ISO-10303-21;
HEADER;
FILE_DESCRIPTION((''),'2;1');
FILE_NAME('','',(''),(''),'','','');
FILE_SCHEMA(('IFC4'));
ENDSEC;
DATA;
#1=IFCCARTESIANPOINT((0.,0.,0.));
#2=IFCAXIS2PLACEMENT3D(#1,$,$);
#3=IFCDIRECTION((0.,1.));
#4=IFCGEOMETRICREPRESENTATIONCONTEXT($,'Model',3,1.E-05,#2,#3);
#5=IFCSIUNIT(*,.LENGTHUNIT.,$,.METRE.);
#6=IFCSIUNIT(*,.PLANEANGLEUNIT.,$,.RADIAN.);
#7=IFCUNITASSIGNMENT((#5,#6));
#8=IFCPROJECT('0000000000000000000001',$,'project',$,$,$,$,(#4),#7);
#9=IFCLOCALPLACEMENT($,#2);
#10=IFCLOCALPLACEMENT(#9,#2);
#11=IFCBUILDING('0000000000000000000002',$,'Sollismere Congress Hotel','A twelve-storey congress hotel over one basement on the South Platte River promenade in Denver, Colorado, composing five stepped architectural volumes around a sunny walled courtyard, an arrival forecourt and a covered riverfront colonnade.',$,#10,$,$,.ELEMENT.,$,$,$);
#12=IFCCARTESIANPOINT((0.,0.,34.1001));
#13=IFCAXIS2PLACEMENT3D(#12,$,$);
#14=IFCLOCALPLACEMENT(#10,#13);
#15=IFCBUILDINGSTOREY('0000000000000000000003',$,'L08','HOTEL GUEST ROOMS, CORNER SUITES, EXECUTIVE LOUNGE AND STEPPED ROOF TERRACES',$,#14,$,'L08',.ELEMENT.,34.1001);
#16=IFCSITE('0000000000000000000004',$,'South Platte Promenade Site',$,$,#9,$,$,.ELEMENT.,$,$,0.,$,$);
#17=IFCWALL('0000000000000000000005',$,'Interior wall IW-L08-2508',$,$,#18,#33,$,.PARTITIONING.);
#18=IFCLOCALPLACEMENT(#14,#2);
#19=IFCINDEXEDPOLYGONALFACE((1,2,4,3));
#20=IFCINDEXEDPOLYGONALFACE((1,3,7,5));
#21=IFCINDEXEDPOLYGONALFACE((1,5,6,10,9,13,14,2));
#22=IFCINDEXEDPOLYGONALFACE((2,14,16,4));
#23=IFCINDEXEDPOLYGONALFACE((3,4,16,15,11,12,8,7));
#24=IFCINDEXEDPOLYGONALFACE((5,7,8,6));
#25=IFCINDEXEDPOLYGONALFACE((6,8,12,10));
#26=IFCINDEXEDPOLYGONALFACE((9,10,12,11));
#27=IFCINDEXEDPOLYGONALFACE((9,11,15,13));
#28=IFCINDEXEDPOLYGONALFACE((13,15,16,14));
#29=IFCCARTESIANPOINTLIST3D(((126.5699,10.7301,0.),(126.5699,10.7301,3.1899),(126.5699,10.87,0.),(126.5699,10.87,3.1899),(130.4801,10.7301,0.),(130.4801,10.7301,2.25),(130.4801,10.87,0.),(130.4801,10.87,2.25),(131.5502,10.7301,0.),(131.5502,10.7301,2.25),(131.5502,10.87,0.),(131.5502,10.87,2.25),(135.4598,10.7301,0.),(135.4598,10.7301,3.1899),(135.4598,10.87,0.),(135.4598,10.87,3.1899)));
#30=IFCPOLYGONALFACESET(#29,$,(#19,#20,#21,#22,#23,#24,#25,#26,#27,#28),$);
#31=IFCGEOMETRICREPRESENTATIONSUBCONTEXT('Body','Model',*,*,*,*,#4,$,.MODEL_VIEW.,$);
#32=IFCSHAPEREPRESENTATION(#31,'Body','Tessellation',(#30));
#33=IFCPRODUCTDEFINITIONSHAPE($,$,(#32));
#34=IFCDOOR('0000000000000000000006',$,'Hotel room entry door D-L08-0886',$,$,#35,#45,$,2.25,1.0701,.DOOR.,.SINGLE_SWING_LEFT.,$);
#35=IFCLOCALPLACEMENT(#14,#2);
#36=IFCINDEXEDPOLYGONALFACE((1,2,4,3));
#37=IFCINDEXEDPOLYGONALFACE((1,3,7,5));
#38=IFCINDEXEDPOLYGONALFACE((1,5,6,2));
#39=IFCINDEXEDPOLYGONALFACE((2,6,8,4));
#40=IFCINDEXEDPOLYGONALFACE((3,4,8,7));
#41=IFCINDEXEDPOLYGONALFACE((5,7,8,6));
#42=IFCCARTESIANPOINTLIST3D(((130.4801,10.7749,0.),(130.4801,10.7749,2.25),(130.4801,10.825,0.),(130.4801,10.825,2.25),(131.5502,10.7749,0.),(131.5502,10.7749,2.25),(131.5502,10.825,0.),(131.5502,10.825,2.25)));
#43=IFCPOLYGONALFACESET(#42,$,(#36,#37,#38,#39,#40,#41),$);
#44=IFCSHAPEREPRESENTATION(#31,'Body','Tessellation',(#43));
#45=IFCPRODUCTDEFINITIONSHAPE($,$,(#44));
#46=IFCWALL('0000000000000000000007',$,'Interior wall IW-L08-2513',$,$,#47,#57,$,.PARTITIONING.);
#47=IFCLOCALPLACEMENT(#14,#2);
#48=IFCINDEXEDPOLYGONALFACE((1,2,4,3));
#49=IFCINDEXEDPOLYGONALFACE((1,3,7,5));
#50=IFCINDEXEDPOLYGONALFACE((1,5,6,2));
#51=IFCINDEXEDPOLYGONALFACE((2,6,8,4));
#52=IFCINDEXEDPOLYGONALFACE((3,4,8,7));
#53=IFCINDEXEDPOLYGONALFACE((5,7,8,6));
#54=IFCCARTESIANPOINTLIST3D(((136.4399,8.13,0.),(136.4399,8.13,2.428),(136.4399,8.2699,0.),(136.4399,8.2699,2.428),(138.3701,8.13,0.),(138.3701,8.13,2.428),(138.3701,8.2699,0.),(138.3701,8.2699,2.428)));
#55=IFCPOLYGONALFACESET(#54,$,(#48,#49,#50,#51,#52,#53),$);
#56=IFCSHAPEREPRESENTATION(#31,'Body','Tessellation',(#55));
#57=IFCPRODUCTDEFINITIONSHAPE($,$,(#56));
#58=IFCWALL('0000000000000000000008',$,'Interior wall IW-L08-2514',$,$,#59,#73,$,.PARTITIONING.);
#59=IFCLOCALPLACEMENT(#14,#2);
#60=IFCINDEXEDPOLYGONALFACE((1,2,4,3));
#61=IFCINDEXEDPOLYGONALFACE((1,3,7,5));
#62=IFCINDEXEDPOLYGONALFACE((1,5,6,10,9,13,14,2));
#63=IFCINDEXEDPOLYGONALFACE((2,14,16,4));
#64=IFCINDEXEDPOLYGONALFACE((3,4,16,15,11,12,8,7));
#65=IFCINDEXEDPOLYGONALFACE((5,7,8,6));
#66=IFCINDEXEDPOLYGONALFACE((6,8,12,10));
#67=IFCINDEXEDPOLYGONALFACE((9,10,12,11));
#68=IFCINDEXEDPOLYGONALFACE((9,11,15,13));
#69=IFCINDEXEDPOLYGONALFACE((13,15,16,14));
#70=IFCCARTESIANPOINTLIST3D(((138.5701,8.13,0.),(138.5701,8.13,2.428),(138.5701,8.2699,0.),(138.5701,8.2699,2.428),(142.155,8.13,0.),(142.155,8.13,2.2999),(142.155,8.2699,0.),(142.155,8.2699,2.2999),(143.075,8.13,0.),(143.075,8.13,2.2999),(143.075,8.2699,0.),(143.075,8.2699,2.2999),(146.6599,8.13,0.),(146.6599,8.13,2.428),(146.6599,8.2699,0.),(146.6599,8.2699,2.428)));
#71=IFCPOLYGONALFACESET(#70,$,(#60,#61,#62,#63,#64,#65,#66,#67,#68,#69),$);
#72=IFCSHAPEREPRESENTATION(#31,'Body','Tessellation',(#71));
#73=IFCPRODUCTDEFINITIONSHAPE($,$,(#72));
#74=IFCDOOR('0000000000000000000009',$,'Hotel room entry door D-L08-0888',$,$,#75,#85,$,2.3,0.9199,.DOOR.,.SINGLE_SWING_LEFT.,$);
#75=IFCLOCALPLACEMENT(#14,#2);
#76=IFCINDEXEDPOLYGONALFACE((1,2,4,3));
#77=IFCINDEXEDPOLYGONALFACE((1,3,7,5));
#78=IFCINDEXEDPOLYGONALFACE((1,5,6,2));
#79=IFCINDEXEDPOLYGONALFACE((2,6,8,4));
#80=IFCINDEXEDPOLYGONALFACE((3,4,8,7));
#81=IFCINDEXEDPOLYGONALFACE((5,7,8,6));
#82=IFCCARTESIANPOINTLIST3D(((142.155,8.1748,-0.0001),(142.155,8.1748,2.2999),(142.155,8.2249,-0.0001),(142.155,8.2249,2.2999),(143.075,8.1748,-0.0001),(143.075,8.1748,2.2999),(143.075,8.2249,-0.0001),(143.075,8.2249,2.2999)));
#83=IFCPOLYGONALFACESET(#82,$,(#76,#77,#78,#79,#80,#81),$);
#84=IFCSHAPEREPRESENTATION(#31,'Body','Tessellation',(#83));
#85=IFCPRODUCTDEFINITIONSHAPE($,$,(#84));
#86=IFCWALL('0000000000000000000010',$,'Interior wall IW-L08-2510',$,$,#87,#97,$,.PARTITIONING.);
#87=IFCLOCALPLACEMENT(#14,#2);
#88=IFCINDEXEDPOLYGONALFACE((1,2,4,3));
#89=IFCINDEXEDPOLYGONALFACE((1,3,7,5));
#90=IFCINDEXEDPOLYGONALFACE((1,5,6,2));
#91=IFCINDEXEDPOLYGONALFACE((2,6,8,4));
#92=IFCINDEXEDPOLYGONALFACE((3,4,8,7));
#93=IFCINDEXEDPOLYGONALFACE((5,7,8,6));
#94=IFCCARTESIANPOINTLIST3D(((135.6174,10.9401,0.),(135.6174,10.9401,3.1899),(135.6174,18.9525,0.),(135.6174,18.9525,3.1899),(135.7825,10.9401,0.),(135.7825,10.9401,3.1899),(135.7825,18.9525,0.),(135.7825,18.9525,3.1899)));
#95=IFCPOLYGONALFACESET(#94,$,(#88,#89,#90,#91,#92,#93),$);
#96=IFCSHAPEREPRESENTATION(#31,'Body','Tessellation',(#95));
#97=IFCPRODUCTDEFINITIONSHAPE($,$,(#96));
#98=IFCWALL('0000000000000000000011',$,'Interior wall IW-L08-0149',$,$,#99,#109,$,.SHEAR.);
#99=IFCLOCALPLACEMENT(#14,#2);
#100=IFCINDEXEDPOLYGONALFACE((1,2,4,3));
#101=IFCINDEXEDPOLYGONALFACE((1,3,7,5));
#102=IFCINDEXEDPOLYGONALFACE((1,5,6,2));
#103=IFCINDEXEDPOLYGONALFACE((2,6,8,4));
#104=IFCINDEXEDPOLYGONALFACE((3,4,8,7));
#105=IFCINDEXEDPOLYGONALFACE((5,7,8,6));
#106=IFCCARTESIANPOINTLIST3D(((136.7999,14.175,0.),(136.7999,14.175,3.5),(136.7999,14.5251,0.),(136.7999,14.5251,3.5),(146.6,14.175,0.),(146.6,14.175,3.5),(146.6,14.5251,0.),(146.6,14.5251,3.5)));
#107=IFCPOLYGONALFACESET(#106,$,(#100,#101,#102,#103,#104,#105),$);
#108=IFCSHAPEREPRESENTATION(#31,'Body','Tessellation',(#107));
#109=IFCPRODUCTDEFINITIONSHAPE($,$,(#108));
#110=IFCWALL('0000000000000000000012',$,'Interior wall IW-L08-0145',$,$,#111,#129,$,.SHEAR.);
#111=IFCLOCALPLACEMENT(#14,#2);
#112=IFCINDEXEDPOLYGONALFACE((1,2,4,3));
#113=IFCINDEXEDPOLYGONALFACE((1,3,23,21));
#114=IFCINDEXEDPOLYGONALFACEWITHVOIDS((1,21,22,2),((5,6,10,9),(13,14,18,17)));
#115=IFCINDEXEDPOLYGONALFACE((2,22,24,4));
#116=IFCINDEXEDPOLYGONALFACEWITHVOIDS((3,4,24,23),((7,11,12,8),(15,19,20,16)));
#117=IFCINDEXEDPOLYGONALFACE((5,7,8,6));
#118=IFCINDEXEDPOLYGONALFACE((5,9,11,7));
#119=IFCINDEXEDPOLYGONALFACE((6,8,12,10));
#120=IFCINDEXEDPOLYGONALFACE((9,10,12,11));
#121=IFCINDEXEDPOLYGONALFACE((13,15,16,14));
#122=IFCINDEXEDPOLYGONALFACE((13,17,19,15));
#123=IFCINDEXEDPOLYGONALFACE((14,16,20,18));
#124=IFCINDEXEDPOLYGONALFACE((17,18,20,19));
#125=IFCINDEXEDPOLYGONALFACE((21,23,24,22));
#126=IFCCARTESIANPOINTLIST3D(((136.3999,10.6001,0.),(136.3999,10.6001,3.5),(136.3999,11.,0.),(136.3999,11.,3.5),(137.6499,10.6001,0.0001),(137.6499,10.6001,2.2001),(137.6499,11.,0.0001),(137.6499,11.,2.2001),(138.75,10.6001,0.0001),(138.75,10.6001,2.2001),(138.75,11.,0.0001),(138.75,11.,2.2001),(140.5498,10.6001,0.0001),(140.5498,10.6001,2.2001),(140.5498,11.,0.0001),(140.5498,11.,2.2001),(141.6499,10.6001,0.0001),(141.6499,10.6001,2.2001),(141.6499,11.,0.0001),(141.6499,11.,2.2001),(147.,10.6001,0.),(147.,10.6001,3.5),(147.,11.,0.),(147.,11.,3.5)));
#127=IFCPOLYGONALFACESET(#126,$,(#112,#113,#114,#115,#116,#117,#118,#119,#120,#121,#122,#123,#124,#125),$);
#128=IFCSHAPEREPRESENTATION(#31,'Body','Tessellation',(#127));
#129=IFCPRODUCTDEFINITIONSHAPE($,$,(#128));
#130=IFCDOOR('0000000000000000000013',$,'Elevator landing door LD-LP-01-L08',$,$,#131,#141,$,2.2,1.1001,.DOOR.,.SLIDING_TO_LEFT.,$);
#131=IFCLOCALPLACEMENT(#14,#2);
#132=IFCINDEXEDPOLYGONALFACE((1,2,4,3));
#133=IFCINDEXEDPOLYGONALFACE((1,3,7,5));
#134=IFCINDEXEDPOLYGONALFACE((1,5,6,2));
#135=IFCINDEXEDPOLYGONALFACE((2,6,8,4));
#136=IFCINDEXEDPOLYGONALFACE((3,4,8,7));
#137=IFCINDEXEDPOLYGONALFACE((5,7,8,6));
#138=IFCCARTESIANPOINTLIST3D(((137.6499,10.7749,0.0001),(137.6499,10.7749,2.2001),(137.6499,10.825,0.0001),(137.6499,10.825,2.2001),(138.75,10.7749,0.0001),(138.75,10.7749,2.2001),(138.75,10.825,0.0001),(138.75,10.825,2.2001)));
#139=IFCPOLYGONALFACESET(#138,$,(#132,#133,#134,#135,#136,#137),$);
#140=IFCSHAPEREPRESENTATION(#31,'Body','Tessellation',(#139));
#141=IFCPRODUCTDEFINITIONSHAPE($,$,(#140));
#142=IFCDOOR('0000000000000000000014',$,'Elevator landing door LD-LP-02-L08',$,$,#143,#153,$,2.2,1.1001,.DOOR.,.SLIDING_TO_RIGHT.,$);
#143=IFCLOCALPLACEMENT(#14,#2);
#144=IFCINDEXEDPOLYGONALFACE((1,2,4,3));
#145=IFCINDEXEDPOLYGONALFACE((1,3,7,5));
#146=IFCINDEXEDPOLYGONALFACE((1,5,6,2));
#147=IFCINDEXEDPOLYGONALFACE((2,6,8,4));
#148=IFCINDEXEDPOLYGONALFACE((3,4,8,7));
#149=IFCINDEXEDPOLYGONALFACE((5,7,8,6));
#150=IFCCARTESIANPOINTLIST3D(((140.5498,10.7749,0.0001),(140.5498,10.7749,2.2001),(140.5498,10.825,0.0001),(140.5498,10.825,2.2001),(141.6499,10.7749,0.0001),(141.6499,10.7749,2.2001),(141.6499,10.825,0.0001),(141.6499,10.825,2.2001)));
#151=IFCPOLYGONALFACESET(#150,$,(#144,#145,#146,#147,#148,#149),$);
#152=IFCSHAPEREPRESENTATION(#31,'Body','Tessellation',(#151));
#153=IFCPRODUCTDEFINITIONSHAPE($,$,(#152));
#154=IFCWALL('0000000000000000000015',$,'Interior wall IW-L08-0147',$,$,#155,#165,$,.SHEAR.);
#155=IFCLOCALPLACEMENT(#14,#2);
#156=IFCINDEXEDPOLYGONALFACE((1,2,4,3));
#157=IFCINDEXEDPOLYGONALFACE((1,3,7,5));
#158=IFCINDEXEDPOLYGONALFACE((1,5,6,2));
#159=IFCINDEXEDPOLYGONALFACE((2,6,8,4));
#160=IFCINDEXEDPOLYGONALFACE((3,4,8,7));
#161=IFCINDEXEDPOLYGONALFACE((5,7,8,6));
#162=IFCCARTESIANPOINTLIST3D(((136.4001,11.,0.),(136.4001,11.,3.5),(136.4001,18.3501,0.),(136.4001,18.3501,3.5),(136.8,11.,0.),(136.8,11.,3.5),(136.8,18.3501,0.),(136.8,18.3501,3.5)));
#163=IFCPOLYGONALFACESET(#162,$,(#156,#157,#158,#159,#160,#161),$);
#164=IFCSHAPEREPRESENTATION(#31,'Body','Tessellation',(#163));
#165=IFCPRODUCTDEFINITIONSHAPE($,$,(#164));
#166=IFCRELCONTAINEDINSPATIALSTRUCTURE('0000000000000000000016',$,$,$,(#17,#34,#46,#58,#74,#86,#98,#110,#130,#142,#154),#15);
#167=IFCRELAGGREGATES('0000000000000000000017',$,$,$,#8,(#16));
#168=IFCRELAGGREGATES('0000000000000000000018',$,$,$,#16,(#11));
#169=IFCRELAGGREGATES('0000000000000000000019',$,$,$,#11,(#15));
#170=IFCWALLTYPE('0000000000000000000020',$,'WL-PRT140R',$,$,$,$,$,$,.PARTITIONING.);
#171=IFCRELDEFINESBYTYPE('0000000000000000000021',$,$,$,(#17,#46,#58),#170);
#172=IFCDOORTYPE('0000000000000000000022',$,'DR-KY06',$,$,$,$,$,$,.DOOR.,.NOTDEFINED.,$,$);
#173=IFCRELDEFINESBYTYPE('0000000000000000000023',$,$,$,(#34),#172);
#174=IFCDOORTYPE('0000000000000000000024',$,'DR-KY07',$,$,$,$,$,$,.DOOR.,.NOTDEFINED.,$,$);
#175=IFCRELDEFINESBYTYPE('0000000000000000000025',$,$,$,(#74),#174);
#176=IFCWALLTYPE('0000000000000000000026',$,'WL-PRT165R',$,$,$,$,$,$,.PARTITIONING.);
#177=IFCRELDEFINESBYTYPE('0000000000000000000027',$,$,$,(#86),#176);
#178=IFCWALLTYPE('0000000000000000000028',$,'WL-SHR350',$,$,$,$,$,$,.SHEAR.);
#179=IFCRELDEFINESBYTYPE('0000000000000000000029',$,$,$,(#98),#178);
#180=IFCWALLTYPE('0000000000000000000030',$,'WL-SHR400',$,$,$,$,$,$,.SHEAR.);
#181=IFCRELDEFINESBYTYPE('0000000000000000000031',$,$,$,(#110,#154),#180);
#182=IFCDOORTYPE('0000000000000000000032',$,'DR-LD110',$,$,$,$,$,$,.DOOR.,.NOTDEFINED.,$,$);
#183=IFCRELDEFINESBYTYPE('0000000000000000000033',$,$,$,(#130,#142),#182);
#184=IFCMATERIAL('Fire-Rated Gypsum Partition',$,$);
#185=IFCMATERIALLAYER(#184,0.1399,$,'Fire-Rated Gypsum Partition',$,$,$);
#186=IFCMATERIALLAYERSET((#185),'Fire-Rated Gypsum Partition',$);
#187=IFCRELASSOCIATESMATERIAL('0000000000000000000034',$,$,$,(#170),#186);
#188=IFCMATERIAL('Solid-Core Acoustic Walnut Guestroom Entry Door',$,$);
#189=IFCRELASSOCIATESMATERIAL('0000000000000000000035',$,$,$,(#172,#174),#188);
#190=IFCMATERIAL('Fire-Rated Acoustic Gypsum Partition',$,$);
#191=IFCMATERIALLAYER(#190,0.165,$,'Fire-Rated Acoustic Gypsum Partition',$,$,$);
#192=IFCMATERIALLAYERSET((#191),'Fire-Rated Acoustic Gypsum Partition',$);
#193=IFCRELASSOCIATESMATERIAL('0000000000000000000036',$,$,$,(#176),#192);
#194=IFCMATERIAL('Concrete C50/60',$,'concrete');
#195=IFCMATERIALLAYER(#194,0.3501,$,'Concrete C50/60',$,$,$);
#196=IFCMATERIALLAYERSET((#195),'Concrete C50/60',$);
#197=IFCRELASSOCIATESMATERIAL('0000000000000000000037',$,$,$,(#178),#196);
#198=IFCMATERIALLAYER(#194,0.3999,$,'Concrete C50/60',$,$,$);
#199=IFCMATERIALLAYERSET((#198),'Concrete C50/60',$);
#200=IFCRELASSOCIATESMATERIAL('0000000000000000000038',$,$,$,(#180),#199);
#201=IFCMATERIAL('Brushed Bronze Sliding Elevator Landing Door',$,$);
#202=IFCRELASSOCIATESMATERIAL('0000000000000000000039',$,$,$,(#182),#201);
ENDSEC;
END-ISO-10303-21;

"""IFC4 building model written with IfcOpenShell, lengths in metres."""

from ifc_helpers import new_model, si_unit, direction, frame, frame_2d, origin, place, context, subcontext, project, spatial, rectangle, extrude, material, layer, layer_set, type_object, element, fill, save


model = new_model("IFC4")

# Units and contexts
model_context = context("Model", 3, precision=1e-05, world=origin(), true_north=direction((0.0, 1.0)))
body_context = subcontext(model_context, "Body", "Model", "MODEL_VIEW")
ifc_project = project(units=[si_unit("LENGTHUNIT", "METRE"), si_unit("PLANEANGLEUNIT", "RADIAN")], contexts=[model_context])

# Site, building, storey
site_placement = place(None, origin())
site = spatial("IfcSite", under=ifc_project, at=site_placement, Name="South Platte Promenade Site", CompositionType="ELEMENT", RefElevation=0.0)
building_placement = place(site_placement, origin())
building = spatial("IfcBuilding", under=site, at=building_placement, Name="Sollismere Congress Hotel", Description="A twelve-storey congress hotel over one basement on the South Platte River promenade in Denver, Colorado, composing five stepped architectural volumes around a sunny walled courtyard, an arrival forecourt and a covered riverfront colonnade.", CompositionType="ELEMENT")
storey_placement = place(building_placement, frame((0.0, 0.0, 34.1001)))
storey = spatial("IfcBuildingStorey", under=building, at=storey_placement, Name="L08", Description="HOTEL GUEST ROOMS, CORNER SUITES, EXECUTIVE LOUNGE AND STEPPED ROOF TERRACES", LongName="L08", CompositionType="ELEMENT", Elevation=34.1001)

# Wall, opening, door
ifc_material_1 = material(Name="Fire-Rated Gypsum Partition")
ifc_layer_1 = layer(ifc_material_1, 0.1399, Name="Fire-Rated Gypsum Partition")
ifc_layer_set_1 = layer_set([ifc_layer_1], Name="Fire-Rated Gypsum Partition")
wall_type_1 = type_object("IfcWallType", Name="WL-PRT140R", PredefinedType="PARTITIONING", material=ifc_layer_set_1)
ifc_material_2 = material(Name="Solid-Core Acoustic Walnut Guestroom Entry Door")
wall_1_placement = place(storey_placement, frame((126.5701, 10.8, 0.0), z_axis=(0.0, 0.0, 1.0), x_axis=(1.0, 0.0, 0.0)))
wall_1 = element("IfcWall", 1, at=wall_1_placement, inside=storey, type_object=wall_type_1, Name="Interior wall IW-L08-2508", PredefinedType="PARTITIONING", context=body_context, shape_type="SweptSolid", body=[
    extrude(rectangle(XDim=8.8899, YDim=0.1399, at=frame_2d((4.4448, 0.0))), origin(), (0.0, 0.0, 1.0), 3.1899),
])
opening_1_placement = place(wall_1_placement, frame((3.9099, 0.0, 0.0)))
opening_1 = element("IfcOpeningElement", 2, at=opening_1_placement, cuts=wall_1, PredefinedType="OPENING", context=body_context, shape_type="SweptSolid", body=[
    extrude(rectangle(XDim=1.0701, YDim=2.25, at=frame_2d((0.5352, 1.125))), frame((0.0, 0.0798, 0.0), z_axis=(0.0, -1.0, 0.0), x_axis=(1.0, 0.0, 0.0)), (0.0, 0.0, 1.0), 0.1599),
])
door_type_1 = type_object("IfcDoorType", Name="DR-KY06", OperationType="NOTDEFINED", PredefinedType="DOOR", material=ifc_material_2)
door_1_placement = place(opening_1_placement, origin())
door_1 = element("IfcDoor", 3, at=door_1_placement, inside=storey, type_object=door_type_1, Name="Hotel room entry door D-L08-0886", OperationType="SINGLE_SWING_LEFT", OverallHeight=2.25, OverallWidth=1.0701, PredefinedType="DOOR", context=body_context, shape_type="SweptSolid", body=[
    extrude(rectangle(XDim=1.0701, YDim=2.25, at=frame_2d((0.5352, 1.125))), frame((0.0, 0.0249, 0.0), z_axis=(0.0, -1.0, 0.0), x_axis=(1.0, 0.0, 0.0)), (0.0, 0.0, 1.0), 0.05),
])
fill(opening_1, door_1)

# Wall
wall_2_placement = place(storey_placement, frame((136.4399, 8.2, 0.0), z_axis=(0.0, 0.0, 1.0), x_axis=(1.0, 0.0, 0.0)))
element("IfcWall", 4, at=wall_2_placement, inside=storey, type_object=wall_type_1, Name="Interior wall IW-L08-2513", PredefinedType="PARTITIONING", context=body_context, shape_type="SweptSolid", body=[
    extrude(rectangle(XDim=1.9302, YDim=0.1399, at=frame_2d((0.9651, 0.0))), origin(), (0.0, 0.0, 1.0), 2.428),
])

# Wall, opening, door
wall_3_placement = place(storey_placement, frame((138.5701, 8.2, 0.0), z_axis=(0.0, 0.0, 1.0), x_axis=(1.0, 0.0, 0.0)))
wall_3 = element("IfcWall", 5, at=wall_3_placement, inside=storey, type_object=wall_type_1, Name="Interior wall IW-L08-2514", PredefinedType="PARTITIONING", context=body_context, shape_type="SweptSolid", body=[
    extrude(rectangle(XDim=8.0898, YDim=0.1399, at=frame_2d((4.0449, 0.0))), origin(), (0.0, 0.0, 1.0), 2.428),
])
opening_2_placement = place(wall_3_placement, frame((3.585, 0.0, 0.0)))
opening_2 = element("IfcOpeningElement", 6, at=opening_2_placement, cuts=wall_3, PredefinedType="OPENING", context=body_context, shape_type="SweptSolid", body=[
    extrude(rectangle(XDim=0.9199, YDim=2.3, at=frame_2d((0.46, 1.1499))), frame((0.0, 0.0798, 0.0), z_axis=(0.0, -1.0, 0.0), x_axis=(1.0, 0.0, 0.0)), (0.0, 0.0, 1.0), 0.1599),
])
door_type_2 = type_object("IfcDoorType", Name="DR-KY07", OperationType="NOTDEFINED", PredefinedType="DOOR", material=ifc_material_2)
door_2_placement = place(opening_2_placement, origin())
door_2 = element("IfcDoor", 7, at=door_2_placement, inside=storey, type_object=door_type_2, Name="Hotel room entry door D-L08-0888", OperationType="SINGLE_SWING_LEFT", OverallHeight=2.3, OverallWidth=0.9199, PredefinedType="DOOR", context=body_context, shape_type="SweptSolid", body=[
    extrude(rectangle(XDim=0.9199, YDim=2.3, at=frame_2d((0.46, 1.1499))), frame((0.0, 0.0249, 0.0), z_axis=(0.0, -1.0, 0.0), x_axis=(1.0, 0.0, 0.0)), (0.0, 0.0, 1.0), 0.05),
])
fill(opening_2, door_2)

# Walls
ifc_material_3 = material(Name="Fire-Rated Acoustic Gypsum Partition")
ifc_layer_2 = layer(ifc_material_3, 0.165, Name="Fire-Rated Acoustic Gypsum Partition")
ifc_layer_set_2 = layer_set([ifc_layer_2], Name="Fire-Rated Acoustic Gypsum Partition")
wall_type_2 = type_object("IfcWallType", Name="WL-PRT165R", PredefinedType="PARTITIONING", material=ifc_layer_set_2)
wall_4_placement = place(storey_placement, frame((135.7, 10.9399, 0.0), z_axis=(0.0, 0.0, 1.0), x_axis=(0.0, 1.0, 0.0)))
element("IfcWall", 8, at=wall_4_placement, inside=storey, type_object=wall_type_2, Name="Interior wall IW-L08-2510", PredefinedType="PARTITIONING", context=body_context, shape_type="SweptSolid", body=[
    extrude(rectangle(XDim=8.0125, YDim=0.165, at=frame_2d((4.0063, 0.0))), origin(), (0.0, 0.0, 1.0), 3.1899),
])
ifc_material_4 = material(Name="Concrete C50/60", Category="concrete")
ifc_layer_3 = layer(ifc_material_4, 0.3501, Name="Concrete C50/60")
ifc_layer_set_3 = layer_set([ifc_layer_3], Name="Concrete C50/60")
wall_type_3 = type_object("IfcWallType", Name="WL-SHR350", PredefinedType="SHEAR", material=ifc_layer_set_3)
wall_5_placement = place(storey_placement, frame((136.8, 14.3501, 0.0), z_axis=(0.0, 0.0, 1.0), x_axis=(1.0, 0.0, 0.0)))
element("IfcWall", 9, at=wall_5_placement, inside=storey, type_object=wall_type_3, Name="Interior wall IW-L08-0149", PredefinedType="SHEAR", context=body_context, shape_type="SweptSolid", body=[
    extrude(rectangle(XDim=9.8, YDim=0.3501, at=frame_2d((4.8999, 0.0))), origin(), (0.0, 0.0, 1.0), 3.5),
])

# Wall, openings, doors
ifc_layer_4 = layer(ifc_material_4, 0.3999, Name="Concrete C50/60")
ifc_layer_set_4 = layer_set([ifc_layer_4], Name="Concrete C50/60")
wall_type_4 = type_object("IfcWallType", Name="WL-SHR400", PredefinedType="SHEAR", material=ifc_layer_set_4)
wall_6_placement = place(storey_placement, frame((136.3999, 10.8, 0.0), z_axis=(0.0, 0.0, 1.0), x_axis=(1.0, 0.0, 0.0)))
wall_6 = element("IfcWall", 10, at=wall_6_placement, inside=storey, type_object=wall_type_4, Name="Interior wall IW-L08-0145", PredefinedType="SHEAR", context=body_context, shape_type="SweptSolid", body=[
    extrude(rectangle(XDim=10.6001, YDim=0.3999, at=frame_2d((5.3, 0.0))), origin(), (0.0, 0.0, 1.0), 3.5),
])
opening_3_placement = place(wall_6_placement, frame((1.25, 0.0, 0.0)))
opening_3 = element("IfcOpeningElement", 11, at=opening_3_placement, cuts=wall_6, PredefinedType="OPENING", context=body_context, shape_type="SweptSolid", body=[
    extrude(rectangle(XDim=1.1001, YDim=2.2, at=frame_2d((0.55, 1.1001))), frame((0.0, 0.21, 0.0), z_axis=(0.0, -1.0, 0.0), x_axis=(1.0, 0.0, 0.0)), (0.0, 0.0, 1.0), 0.4199),
])
opening_4_placement = place(wall_6_placement, frame((4.1499, 0.0, 0.0)))
opening_4 = element("IfcOpeningElement", 12, at=opening_4_placement, cuts=wall_6, PredefinedType="OPENING", context=body_context, shape_type="SweptSolid", body=[
    extrude(rectangle(XDim=1.1001, YDim=2.2, at=frame_2d((0.55, 1.1001))), frame((0.0, 0.21, 0.0), z_axis=(0.0, -1.0, 0.0), x_axis=(1.0, 0.0, 0.0)), (0.0, 0.0, 1.0), 0.4199),
])
ifc_material_5 = material(Name="Brushed Bronze Sliding Elevator Landing Door")
door_type_3 = type_object("IfcDoorType", Name="DR-LD110", OperationType="NOTDEFINED", PredefinedType="DOOR", material=ifc_material_5)
door_3_placement = place(opening_3_placement, origin())
door_3 = element("IfcDoor", 13, at=door_3_placement, inside=storey, type_object=door_type_3, Name="Elevator landing door LD-LP-01-L08", OperationType="SLIDING_TO_LEFT", OverallHeight=2.2, OverallWidth=1.1001, PredefinedType="DOOR", context=body_context, shape_type="SweptSolid", body=[
    extrude(rectangle(XDim=1.1001, YDim=2.2, at=frame_2d((0.55, 1.1001))), frame((0.0, 0.0249, 0.0), z_axis=(0.0, -1.0, 0.0), x_axis=(1.0, 0.0, 0.0)), (0.0, 0.0, 1.0), 0.05),
])
fill(opening_3, door_3)
door_4_placement = place(opening_4_placement, origin())
door_4 = element("IfcDoor", 14, at=door_4_placement, inside=storey, type_object=door_type_3, Name="Elevator landing door LD-LP-02-L08", OperationType="SLIDING_TO_RIGHT", OverallHeight=2.2, OverallWidth=1.1001, PredefinedType="DOOR", context=body_context, shape_type="SweptSolid", body=[
    extrude(rectangle(XDim=1.1001, YDim=2.2, at=frame_2d((0.55, 1.1001))), frame((0.0, 0.0249, 0.0), z_axis=(0.0, -1.0, 0.0), x_axis=(1.0, 0.0, 0.0)), (0.0, 0.0, 1.0), 0.05),
])
fill(opening_4, door_4)

# Wall
wall_7_placement = place(storey_placement, frame((136.6001, 18.3501, 0.0), z_axis=(0.0, 0.0, 1.0), x_axis=(0.0, -1.0, 0.0)))
element("IfcWall", 15, at=wall_7_placement, inside=storey, type_object=wall_type_4, Name="Interior wall IW-L08-0147", PredefinedType="SHEAR", context=body_context, shape_type="SweptSolid", body=[
    extrude(rectangle(XDim=7.3501, YDim=0.3999, at=frame_2d((3.675, 0.0))), origin(), (0.0, 0.0, 1.0), 3.5),
])

save(model, "model.ifc")
